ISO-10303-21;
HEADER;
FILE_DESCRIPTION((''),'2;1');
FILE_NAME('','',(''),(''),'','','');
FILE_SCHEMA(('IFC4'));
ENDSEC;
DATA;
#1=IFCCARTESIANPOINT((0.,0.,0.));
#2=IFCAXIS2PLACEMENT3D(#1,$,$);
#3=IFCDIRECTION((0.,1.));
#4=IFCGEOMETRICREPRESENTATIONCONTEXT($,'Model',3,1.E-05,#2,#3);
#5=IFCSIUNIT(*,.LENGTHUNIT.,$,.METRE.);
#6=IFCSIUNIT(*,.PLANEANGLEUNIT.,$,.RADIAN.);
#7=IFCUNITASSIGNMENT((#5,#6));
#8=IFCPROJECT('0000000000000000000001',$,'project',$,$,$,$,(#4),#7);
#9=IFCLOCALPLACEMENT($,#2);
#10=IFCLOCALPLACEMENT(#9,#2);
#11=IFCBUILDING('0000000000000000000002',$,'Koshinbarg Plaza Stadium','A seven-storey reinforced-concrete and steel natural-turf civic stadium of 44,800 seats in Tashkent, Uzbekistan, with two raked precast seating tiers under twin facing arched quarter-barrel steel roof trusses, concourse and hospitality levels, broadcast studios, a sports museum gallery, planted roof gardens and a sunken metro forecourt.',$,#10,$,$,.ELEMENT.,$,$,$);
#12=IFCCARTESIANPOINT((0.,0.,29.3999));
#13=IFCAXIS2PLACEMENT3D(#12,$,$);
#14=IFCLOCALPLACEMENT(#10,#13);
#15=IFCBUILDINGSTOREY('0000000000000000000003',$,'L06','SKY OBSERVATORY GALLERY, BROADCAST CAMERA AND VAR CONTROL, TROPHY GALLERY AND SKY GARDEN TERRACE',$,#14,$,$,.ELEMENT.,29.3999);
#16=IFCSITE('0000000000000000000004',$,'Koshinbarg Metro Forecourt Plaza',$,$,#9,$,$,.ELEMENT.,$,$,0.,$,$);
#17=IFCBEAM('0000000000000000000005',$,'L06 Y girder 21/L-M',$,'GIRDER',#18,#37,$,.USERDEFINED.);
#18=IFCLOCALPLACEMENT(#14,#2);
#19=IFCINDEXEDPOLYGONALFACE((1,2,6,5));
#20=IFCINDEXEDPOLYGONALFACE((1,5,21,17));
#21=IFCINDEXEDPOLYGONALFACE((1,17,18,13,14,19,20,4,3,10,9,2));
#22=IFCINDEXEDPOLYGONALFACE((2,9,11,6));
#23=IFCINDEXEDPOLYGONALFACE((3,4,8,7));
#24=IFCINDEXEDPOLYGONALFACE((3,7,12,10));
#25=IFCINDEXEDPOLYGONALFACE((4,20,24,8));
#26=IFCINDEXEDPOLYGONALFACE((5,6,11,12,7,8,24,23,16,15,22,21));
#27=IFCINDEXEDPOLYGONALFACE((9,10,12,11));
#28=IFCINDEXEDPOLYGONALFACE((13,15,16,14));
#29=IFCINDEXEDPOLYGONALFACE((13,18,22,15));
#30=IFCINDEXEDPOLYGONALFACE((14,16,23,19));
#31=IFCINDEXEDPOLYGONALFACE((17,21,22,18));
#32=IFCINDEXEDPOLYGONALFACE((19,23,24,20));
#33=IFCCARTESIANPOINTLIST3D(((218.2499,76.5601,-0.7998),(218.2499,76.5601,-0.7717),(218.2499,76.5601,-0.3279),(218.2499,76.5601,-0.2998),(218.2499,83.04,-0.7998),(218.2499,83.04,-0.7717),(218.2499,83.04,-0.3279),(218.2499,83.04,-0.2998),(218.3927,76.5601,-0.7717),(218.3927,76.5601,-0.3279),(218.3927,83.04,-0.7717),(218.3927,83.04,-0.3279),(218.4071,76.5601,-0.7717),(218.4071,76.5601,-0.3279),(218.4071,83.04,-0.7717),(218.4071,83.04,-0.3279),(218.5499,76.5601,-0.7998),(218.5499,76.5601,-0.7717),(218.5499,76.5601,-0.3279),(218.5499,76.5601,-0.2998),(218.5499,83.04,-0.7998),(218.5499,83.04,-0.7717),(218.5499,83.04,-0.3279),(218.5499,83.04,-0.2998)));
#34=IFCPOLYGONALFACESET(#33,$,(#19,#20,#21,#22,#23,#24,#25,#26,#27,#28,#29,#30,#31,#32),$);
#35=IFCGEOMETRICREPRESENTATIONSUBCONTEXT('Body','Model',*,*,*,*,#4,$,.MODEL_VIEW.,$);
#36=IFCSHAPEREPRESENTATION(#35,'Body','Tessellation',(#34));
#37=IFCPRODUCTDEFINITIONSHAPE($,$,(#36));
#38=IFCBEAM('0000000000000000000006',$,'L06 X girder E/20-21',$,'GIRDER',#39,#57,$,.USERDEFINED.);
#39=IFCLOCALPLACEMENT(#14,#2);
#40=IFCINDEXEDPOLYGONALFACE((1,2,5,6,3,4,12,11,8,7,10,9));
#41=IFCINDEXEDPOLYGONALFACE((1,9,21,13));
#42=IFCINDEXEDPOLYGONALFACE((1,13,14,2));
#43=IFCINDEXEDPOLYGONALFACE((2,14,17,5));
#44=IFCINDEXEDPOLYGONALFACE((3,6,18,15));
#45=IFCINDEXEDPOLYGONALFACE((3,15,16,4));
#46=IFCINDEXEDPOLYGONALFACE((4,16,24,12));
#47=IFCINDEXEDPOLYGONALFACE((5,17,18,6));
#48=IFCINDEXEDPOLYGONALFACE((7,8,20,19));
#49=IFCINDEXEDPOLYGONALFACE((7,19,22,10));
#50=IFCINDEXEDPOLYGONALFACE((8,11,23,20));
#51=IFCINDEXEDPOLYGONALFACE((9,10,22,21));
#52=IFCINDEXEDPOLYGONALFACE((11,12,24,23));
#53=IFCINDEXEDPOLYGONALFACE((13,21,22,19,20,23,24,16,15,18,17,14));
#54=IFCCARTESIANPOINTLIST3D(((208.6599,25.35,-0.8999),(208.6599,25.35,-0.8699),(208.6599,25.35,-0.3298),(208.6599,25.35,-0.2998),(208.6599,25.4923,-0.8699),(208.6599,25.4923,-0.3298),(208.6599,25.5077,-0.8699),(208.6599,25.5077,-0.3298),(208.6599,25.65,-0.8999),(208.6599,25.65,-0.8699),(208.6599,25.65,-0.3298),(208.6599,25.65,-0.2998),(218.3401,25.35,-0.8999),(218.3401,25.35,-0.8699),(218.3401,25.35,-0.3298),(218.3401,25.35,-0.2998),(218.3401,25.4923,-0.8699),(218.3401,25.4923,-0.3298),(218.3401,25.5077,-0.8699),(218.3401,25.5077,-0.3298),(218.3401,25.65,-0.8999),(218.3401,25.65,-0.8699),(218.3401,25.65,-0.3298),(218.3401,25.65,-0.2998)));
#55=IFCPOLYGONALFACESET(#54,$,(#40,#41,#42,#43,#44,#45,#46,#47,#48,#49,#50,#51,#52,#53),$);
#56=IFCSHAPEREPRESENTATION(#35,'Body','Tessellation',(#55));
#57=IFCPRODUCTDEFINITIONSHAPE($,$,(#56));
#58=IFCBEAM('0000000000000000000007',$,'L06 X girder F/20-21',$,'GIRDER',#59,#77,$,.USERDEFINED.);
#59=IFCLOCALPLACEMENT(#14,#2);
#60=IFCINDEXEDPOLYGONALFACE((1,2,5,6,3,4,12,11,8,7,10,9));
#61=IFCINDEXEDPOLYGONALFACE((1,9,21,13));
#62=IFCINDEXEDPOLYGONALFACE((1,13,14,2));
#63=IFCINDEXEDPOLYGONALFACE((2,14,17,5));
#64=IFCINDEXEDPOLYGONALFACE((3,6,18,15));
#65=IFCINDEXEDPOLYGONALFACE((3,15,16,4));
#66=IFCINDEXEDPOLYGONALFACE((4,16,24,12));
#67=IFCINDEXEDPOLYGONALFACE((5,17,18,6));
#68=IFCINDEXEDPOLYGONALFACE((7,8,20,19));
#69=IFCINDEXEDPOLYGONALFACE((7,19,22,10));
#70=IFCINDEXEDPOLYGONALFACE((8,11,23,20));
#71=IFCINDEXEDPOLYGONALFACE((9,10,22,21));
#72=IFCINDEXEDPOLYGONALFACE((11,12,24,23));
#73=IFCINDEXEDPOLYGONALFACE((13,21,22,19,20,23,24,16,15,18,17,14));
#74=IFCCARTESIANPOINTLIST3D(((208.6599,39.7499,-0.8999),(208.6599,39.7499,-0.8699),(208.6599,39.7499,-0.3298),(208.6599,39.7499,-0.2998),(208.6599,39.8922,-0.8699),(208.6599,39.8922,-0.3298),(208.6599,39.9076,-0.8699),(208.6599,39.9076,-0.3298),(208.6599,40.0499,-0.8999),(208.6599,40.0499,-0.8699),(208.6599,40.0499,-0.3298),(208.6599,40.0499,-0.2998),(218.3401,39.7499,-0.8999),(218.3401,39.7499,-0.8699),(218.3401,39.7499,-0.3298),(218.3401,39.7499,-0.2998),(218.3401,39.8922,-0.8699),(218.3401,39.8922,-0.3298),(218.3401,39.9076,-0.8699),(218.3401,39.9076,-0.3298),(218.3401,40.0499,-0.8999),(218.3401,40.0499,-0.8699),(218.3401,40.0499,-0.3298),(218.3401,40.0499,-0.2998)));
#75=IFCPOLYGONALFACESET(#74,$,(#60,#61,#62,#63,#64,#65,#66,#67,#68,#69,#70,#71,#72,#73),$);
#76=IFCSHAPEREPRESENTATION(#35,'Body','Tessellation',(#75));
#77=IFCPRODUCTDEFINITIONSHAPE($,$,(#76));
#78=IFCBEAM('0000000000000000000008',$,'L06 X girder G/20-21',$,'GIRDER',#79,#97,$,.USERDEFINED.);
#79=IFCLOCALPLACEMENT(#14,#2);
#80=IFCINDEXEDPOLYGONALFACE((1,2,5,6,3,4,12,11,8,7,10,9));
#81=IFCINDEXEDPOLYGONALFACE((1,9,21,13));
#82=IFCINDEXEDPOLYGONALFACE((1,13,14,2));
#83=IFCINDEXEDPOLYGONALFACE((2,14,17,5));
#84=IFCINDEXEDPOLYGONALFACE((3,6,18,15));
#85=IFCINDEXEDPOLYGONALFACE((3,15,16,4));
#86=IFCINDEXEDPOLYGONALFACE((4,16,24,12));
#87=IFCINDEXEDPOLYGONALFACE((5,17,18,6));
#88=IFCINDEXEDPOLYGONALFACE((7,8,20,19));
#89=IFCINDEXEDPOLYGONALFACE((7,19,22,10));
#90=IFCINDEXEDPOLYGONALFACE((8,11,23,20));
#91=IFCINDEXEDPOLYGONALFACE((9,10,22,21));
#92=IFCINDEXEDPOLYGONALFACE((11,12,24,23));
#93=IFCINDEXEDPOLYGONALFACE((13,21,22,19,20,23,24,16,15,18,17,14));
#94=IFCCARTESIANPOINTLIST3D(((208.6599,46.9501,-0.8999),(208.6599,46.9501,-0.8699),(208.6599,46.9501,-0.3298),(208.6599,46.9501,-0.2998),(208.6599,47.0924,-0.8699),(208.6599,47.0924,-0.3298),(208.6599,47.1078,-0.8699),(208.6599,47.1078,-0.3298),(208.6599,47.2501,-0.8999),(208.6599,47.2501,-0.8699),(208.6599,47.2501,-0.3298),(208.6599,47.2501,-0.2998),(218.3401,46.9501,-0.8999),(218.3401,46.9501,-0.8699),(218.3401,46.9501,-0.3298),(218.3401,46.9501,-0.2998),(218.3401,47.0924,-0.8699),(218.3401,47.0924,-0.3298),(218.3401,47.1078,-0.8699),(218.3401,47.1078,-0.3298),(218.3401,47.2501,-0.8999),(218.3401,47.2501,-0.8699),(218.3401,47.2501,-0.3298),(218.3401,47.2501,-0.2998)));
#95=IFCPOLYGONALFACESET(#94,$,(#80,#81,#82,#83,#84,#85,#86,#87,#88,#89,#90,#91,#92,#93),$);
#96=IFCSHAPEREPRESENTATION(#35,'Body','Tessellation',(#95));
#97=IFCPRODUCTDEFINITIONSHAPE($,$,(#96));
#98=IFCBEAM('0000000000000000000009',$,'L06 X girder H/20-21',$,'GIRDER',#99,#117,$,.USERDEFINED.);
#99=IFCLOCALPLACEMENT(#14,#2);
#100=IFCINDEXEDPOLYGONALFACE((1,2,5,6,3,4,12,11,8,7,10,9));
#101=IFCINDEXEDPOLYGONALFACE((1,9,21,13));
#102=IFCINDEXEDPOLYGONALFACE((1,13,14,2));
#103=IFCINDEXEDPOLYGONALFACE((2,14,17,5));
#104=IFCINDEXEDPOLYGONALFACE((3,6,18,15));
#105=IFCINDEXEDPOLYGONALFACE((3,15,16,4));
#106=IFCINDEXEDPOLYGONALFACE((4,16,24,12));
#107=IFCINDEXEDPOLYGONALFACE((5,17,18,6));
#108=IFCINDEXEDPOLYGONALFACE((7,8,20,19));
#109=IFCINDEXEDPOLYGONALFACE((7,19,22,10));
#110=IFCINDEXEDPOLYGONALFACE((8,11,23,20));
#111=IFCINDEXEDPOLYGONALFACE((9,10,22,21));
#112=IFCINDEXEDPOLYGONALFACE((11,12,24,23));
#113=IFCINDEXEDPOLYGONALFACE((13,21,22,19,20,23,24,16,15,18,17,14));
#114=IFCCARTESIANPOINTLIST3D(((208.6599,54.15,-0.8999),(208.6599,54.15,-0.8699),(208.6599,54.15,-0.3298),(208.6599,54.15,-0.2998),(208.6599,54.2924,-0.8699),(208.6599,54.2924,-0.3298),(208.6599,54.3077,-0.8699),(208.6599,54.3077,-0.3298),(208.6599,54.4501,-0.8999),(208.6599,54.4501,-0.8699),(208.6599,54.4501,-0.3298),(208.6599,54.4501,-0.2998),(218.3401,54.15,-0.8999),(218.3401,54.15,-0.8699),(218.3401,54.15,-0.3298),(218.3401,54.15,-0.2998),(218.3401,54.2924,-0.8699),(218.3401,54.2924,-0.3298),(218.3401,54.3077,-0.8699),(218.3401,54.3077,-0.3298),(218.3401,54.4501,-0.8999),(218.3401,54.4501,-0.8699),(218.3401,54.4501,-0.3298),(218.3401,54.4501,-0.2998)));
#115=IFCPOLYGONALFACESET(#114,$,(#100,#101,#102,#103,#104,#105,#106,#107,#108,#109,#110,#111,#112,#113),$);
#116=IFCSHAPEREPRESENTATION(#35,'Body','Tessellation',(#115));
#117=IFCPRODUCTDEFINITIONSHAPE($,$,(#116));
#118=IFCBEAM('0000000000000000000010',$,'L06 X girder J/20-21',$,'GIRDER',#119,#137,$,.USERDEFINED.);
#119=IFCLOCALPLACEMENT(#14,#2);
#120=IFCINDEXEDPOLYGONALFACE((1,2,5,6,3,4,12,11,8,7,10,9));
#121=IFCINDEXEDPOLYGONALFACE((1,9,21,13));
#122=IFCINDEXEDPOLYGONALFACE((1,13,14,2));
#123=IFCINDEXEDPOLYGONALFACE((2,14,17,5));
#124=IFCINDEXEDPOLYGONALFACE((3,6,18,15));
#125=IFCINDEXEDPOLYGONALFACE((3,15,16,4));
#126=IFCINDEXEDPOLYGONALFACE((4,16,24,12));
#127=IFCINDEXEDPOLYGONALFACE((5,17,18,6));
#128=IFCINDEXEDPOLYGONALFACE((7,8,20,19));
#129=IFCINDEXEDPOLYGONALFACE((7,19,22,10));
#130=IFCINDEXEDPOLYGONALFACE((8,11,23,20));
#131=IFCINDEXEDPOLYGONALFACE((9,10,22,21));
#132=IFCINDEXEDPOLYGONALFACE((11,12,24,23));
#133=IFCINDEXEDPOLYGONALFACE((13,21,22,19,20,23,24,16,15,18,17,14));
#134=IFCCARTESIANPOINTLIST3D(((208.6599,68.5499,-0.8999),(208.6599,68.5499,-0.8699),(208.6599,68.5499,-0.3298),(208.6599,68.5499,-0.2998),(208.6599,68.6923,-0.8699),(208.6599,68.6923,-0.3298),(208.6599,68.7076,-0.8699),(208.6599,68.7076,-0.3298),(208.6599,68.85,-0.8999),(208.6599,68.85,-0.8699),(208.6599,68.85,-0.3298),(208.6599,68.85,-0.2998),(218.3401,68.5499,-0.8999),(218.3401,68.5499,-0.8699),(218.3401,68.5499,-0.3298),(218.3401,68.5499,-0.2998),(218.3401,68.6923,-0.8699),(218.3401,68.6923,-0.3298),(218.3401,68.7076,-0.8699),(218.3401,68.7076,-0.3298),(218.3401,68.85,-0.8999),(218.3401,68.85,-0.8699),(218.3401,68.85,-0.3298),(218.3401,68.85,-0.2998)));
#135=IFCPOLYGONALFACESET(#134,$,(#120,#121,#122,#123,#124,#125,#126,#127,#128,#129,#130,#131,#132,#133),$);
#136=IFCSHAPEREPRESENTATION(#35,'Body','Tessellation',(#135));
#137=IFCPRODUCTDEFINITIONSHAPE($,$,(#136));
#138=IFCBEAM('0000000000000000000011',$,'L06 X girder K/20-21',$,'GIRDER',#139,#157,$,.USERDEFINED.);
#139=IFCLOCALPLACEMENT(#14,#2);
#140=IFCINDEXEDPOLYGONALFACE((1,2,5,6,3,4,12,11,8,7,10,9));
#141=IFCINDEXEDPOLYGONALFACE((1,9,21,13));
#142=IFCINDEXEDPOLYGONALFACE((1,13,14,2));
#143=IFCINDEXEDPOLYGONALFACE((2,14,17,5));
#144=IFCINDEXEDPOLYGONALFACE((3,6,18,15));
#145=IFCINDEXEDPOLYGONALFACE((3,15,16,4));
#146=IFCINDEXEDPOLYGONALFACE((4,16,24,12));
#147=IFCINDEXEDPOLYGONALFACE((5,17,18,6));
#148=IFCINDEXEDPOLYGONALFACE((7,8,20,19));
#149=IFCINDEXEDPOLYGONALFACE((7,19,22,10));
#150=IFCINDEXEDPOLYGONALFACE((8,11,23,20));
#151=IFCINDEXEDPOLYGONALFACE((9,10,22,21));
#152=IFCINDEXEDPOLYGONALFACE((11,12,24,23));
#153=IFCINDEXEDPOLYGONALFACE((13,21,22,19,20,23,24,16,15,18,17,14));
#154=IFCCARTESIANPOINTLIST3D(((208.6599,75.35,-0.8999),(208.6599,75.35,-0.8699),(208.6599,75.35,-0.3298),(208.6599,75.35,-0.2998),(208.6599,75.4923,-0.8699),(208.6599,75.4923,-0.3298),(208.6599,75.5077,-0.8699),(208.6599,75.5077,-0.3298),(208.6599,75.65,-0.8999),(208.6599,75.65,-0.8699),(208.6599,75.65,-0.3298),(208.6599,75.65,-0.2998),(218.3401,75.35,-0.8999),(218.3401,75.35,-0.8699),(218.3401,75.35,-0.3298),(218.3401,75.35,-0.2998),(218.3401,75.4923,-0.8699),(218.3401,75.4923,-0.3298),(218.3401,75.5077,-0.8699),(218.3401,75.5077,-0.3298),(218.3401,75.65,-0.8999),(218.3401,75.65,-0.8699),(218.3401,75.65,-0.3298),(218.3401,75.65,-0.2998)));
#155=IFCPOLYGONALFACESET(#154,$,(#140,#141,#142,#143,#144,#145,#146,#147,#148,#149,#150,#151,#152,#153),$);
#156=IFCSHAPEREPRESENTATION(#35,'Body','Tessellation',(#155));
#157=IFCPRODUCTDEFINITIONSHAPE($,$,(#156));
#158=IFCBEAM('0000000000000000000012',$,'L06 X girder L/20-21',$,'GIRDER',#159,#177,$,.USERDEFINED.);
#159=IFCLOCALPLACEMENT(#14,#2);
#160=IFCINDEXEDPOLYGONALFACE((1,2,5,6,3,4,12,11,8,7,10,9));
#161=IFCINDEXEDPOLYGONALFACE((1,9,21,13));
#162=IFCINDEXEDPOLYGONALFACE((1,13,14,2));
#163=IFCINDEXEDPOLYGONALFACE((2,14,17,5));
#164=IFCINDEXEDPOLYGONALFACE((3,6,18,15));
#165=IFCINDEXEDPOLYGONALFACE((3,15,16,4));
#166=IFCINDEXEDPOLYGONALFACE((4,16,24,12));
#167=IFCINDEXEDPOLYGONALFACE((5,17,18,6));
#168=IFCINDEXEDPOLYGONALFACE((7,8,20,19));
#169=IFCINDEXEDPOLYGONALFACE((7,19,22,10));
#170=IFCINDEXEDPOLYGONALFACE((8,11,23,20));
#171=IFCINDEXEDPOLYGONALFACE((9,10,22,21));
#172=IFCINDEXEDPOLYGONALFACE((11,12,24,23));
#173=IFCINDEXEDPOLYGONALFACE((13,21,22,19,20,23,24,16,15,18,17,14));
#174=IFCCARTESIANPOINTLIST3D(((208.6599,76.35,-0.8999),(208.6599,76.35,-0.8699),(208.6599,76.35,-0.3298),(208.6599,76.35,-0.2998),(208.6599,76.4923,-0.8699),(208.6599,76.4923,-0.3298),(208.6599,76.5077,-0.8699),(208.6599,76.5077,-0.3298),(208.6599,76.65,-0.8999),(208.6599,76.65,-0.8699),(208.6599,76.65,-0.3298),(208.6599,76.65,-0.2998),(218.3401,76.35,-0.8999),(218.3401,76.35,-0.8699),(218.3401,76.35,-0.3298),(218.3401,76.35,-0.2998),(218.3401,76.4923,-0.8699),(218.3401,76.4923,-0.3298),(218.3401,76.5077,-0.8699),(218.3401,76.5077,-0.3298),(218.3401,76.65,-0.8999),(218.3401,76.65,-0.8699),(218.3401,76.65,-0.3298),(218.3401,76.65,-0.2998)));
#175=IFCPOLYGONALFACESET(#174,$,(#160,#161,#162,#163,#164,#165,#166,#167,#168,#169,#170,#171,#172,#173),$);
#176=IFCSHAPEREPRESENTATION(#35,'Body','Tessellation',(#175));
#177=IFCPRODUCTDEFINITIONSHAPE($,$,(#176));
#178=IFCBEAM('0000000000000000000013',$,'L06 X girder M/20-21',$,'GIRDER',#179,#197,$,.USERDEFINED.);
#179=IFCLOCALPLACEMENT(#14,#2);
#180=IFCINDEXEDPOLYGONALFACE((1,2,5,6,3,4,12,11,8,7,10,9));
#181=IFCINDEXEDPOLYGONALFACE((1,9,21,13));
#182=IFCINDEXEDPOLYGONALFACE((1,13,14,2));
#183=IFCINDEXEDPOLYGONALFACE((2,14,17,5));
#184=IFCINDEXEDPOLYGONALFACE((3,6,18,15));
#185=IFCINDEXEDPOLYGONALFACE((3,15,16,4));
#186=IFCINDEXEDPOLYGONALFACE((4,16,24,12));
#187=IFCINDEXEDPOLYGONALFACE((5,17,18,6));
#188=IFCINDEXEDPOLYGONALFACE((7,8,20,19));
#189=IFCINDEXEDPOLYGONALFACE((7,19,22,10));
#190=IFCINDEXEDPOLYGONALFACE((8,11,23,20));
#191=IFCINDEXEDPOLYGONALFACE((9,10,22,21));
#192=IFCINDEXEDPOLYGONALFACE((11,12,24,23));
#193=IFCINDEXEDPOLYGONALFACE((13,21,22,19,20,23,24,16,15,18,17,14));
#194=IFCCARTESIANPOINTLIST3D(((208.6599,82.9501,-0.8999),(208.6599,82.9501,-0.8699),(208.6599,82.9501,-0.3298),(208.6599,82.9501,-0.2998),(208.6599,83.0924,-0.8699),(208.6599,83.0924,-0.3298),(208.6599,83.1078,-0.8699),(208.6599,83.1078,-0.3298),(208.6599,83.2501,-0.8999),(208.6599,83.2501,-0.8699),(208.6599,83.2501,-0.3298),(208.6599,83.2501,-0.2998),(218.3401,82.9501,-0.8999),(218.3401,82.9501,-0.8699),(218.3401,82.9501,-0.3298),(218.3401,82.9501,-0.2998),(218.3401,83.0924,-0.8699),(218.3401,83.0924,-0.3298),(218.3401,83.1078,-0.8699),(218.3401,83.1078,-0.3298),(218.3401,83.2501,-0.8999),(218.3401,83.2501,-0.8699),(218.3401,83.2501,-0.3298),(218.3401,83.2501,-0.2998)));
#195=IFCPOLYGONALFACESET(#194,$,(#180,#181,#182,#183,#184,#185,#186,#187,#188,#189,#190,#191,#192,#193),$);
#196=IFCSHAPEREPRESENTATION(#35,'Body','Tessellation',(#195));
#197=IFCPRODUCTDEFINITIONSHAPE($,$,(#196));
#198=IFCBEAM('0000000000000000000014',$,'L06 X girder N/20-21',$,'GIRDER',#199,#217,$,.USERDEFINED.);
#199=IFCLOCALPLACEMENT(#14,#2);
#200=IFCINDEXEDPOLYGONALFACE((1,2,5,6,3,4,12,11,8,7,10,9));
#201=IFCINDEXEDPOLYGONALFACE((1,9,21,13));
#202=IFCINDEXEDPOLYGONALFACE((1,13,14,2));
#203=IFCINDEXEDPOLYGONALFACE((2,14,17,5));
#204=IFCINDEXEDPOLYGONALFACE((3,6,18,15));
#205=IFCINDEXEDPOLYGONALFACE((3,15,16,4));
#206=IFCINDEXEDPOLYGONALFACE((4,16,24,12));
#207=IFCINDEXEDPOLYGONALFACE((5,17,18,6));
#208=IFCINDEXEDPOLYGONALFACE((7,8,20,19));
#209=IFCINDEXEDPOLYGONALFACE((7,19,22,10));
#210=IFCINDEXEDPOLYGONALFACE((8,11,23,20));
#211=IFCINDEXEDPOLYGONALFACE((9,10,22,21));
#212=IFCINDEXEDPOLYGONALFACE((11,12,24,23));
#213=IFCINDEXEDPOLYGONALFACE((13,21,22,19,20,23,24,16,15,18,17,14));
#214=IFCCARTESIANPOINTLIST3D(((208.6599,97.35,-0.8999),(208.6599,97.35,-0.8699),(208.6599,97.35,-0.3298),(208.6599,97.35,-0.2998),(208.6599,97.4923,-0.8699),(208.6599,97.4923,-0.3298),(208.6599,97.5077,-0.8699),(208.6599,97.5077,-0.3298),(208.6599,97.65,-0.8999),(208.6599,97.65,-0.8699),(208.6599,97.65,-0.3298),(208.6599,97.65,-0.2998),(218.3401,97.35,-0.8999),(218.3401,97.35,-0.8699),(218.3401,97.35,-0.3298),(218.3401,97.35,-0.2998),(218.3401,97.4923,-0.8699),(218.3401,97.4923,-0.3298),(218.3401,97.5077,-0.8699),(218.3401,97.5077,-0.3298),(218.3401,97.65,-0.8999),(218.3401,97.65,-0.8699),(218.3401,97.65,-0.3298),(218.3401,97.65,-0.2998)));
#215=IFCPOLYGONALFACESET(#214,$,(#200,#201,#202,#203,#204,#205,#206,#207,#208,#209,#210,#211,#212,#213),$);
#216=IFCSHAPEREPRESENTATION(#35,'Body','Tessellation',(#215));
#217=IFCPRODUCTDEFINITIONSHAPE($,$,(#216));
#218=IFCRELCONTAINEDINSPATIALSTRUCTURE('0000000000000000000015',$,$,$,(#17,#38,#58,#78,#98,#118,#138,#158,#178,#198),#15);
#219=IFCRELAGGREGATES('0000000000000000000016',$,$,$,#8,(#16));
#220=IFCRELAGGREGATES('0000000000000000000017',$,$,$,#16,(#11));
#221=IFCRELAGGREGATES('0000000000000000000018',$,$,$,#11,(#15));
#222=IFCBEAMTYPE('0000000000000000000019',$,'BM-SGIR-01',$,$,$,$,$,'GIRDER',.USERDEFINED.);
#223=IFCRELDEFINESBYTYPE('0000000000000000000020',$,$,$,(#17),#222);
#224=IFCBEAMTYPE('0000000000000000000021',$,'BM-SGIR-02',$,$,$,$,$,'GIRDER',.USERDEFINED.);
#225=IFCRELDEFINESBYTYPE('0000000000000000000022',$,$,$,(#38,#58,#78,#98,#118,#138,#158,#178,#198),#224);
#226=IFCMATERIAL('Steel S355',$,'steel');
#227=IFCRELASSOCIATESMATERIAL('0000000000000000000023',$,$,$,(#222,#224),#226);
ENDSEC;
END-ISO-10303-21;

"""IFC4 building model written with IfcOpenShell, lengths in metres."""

from ifc_helpers import new_model, si_unit, direction, frame, origin, origin_2d, place, context, subcontext, project, spatial, i_section, extrude, material, material_profile, profile_set, type_object, element, save


model = new_model("IFC4")

# Units and contexts
model_context = context("Model", 3, precision=1e-05, world=origin(), true_north=direction((0.0, 1.0)))
body_context = subcontext(model_context, "Body", "Model", "MODEL_VIEW")
ifc_project = project(units=[si_unit("LENGTHUNIT", "METRE"), si_unit("PLANEANGLEUNIT", "RADIAN")], contexts=[model_context])

# Site, building, storey
site_placement = place(None, origin())
site = spatial("IfcSite", under=ifc_project, at=site_placement, Name="Koshinbarg Metro Forecourt Plaza", CompositionType="ELEMENT", RefElevation=0.0)
building_placement = place(site_placement, origin())
building = spatial("IfcBuilding", under=site, at=building_placement, Name="Koshinbarg Plaza Stadium", Description="A seven-storey reinforced-concrete and steel natural-turf civic stadium of 44,800 seats in Tashkent, Uzbekistan, with two raked precast seating tiers under twin facing arched quarter-barrel steel roof trusses, concourse and hospitality levels, broadcast studios, a sports museum gallery, planted roof gardens and a sunken metro forecourt.", CompositionType="ELEMENT")
storey_placement = place(building_placement, frame((0.0, 0.0, 29.3999)))
storey = spatial("IfcBuildingStorey", under=building, at=storey_placement, Name="L06", Description="SKY OBSERVATORY GALLERY, BROADCAST CAMERA AND VAR CONTROL, TROPHY GALLERY AND SKY GARDEN TERRACE", CompositionType="ELEMENT", Elevation=29.3999)

# Beams
ifc_material = material(Name="Steel S355", Category="steel")
ifc_material_profile_1 = material_profile(ifc_material, i_section(OverallWidth=0.3, OverallDepth=0.5, WebThickness=0.0144, FlangeThickness=0.0281, at=origin_2d()), Name="HEB 500")
ifc_profile_set_1 = profile_set([ifc_material_profile_1], Name="Steel S355")
beam_type_1 = type_object("IfcBeamType", Name="BM-SGIR-01", ElementType="GIRDER", PredefinedType="USERDEFINED", material=ifc_profile_set_1)
beam_1_placement = place(storey_placement, frame((218.3999, 76.5601, -0.5498), z_axis=(0.0, 1.0, 0.0), x_axis=(-1.0, 0.0, 0.0)))
element("IfcBeam", 1, at=beam_1_placement, inside=storey, type_object=beam_type_1, Name="L06 Y girder 21/L-M", ObjectType="GIRDER", PredefinedType="USERDEFINED", context=body_context, shape_type="SweptSolid", body=[
    extrude(i_section(OverallWidth=0.3, OverallDepth=0.5, WebThickness=0.0144, FlangeThickness=0.0281, at=origin_2d()), origin(), (0.0, 0.0, 1.0), 6.48),
])
ifc_material_profile_2 = material_profile(ifc_material, i_section(OverallWidth=0.3, OverallDepth=0.6001, WebThickness=0.0154, FlangeThickness=0.03, at=origin_2d()), Name="HEB 600")
ifc_profile_set_2 = profile_set([ifc_material_profile_2], Name="Steel S355")
beam_type_2 = type_object("IfcBeamType", Name="BM-SGIR-02", ElementType="GIRDER", PredefinedType="USERDEFINED", material=ifc_profile_set_2)
for number, where, z_axis, x_axis, name in (
    (2, (208.6599, 25.5, -0.5999), (1.0, 0.0, 0.0), (0.0, 1.0, 0.0), "L06 X girder E/20-21"),
    (3, (208.6599, 39.8999, -0.5999), (1.0, 0.0, 0.0), (0.0, 1.0, 0.0), "L06 X girder F/20-21"),
    (4, (208.6599, 47.1001, -0.5999), (1.0, 0.0, 0.0), (0.0, 1.0, 0.0), "L06 X girder G/20-21"),
    (5, (208.6599, 54.3, -0.5999), (1.0, 0.0, 0.0), (0.0, 1.0, 0.0), "L06 X girder H/20-21"),
    (6, (208.6599, 68.7, -0.5999), (1.0, 0.0, 0.0), (0.0, 1.0, 0.0), "L06 X girder J/20-21"),
    (7, (208.6599, 75.5, -0.5999), (1.0, 0.0, 0.0), (0.0, 1.0, 0.0), "L06 X girder K/20-21"),
    (8, (208.6599, 76.5, -0.5999), (1.0, 0.0, 0.0), (0.0, 1.0, 0.0), "L06 X girder L/20-21"),
    (9, (208.6599, 83.1001, -0.5999), (1.0, 0.0, 0.0), (0.0, 1.0, 0.0), "L06 X girder M/20-21"),
    (10, (208.6599, 97.5, -0.5999), (1.0, 0.0, 0.0), (0.0, 1.0, 0.0), "L06 X girder N/20-21"),
):
    element("IfcBeam", number, at=place(storey_placement, frame(where, z_axis=z_axis, x_axis=x_axis)), inside=storey, type_object=beam_type_2, Name=name, ObjectType="GIRDER", PredefinedType="USERDEFINED", context=body_context, shape_type="SweptSolid", body=[
        extrude(i_section(OverallWidth=0.3, OverallDepth=0.6001, WebThickness=0.0154, FlangeThickness=0.03, at=origin_2d()), origin(), (0.0, 0.0, 1.0), 9.6802),
    ])

save(model, "model.ifc")
